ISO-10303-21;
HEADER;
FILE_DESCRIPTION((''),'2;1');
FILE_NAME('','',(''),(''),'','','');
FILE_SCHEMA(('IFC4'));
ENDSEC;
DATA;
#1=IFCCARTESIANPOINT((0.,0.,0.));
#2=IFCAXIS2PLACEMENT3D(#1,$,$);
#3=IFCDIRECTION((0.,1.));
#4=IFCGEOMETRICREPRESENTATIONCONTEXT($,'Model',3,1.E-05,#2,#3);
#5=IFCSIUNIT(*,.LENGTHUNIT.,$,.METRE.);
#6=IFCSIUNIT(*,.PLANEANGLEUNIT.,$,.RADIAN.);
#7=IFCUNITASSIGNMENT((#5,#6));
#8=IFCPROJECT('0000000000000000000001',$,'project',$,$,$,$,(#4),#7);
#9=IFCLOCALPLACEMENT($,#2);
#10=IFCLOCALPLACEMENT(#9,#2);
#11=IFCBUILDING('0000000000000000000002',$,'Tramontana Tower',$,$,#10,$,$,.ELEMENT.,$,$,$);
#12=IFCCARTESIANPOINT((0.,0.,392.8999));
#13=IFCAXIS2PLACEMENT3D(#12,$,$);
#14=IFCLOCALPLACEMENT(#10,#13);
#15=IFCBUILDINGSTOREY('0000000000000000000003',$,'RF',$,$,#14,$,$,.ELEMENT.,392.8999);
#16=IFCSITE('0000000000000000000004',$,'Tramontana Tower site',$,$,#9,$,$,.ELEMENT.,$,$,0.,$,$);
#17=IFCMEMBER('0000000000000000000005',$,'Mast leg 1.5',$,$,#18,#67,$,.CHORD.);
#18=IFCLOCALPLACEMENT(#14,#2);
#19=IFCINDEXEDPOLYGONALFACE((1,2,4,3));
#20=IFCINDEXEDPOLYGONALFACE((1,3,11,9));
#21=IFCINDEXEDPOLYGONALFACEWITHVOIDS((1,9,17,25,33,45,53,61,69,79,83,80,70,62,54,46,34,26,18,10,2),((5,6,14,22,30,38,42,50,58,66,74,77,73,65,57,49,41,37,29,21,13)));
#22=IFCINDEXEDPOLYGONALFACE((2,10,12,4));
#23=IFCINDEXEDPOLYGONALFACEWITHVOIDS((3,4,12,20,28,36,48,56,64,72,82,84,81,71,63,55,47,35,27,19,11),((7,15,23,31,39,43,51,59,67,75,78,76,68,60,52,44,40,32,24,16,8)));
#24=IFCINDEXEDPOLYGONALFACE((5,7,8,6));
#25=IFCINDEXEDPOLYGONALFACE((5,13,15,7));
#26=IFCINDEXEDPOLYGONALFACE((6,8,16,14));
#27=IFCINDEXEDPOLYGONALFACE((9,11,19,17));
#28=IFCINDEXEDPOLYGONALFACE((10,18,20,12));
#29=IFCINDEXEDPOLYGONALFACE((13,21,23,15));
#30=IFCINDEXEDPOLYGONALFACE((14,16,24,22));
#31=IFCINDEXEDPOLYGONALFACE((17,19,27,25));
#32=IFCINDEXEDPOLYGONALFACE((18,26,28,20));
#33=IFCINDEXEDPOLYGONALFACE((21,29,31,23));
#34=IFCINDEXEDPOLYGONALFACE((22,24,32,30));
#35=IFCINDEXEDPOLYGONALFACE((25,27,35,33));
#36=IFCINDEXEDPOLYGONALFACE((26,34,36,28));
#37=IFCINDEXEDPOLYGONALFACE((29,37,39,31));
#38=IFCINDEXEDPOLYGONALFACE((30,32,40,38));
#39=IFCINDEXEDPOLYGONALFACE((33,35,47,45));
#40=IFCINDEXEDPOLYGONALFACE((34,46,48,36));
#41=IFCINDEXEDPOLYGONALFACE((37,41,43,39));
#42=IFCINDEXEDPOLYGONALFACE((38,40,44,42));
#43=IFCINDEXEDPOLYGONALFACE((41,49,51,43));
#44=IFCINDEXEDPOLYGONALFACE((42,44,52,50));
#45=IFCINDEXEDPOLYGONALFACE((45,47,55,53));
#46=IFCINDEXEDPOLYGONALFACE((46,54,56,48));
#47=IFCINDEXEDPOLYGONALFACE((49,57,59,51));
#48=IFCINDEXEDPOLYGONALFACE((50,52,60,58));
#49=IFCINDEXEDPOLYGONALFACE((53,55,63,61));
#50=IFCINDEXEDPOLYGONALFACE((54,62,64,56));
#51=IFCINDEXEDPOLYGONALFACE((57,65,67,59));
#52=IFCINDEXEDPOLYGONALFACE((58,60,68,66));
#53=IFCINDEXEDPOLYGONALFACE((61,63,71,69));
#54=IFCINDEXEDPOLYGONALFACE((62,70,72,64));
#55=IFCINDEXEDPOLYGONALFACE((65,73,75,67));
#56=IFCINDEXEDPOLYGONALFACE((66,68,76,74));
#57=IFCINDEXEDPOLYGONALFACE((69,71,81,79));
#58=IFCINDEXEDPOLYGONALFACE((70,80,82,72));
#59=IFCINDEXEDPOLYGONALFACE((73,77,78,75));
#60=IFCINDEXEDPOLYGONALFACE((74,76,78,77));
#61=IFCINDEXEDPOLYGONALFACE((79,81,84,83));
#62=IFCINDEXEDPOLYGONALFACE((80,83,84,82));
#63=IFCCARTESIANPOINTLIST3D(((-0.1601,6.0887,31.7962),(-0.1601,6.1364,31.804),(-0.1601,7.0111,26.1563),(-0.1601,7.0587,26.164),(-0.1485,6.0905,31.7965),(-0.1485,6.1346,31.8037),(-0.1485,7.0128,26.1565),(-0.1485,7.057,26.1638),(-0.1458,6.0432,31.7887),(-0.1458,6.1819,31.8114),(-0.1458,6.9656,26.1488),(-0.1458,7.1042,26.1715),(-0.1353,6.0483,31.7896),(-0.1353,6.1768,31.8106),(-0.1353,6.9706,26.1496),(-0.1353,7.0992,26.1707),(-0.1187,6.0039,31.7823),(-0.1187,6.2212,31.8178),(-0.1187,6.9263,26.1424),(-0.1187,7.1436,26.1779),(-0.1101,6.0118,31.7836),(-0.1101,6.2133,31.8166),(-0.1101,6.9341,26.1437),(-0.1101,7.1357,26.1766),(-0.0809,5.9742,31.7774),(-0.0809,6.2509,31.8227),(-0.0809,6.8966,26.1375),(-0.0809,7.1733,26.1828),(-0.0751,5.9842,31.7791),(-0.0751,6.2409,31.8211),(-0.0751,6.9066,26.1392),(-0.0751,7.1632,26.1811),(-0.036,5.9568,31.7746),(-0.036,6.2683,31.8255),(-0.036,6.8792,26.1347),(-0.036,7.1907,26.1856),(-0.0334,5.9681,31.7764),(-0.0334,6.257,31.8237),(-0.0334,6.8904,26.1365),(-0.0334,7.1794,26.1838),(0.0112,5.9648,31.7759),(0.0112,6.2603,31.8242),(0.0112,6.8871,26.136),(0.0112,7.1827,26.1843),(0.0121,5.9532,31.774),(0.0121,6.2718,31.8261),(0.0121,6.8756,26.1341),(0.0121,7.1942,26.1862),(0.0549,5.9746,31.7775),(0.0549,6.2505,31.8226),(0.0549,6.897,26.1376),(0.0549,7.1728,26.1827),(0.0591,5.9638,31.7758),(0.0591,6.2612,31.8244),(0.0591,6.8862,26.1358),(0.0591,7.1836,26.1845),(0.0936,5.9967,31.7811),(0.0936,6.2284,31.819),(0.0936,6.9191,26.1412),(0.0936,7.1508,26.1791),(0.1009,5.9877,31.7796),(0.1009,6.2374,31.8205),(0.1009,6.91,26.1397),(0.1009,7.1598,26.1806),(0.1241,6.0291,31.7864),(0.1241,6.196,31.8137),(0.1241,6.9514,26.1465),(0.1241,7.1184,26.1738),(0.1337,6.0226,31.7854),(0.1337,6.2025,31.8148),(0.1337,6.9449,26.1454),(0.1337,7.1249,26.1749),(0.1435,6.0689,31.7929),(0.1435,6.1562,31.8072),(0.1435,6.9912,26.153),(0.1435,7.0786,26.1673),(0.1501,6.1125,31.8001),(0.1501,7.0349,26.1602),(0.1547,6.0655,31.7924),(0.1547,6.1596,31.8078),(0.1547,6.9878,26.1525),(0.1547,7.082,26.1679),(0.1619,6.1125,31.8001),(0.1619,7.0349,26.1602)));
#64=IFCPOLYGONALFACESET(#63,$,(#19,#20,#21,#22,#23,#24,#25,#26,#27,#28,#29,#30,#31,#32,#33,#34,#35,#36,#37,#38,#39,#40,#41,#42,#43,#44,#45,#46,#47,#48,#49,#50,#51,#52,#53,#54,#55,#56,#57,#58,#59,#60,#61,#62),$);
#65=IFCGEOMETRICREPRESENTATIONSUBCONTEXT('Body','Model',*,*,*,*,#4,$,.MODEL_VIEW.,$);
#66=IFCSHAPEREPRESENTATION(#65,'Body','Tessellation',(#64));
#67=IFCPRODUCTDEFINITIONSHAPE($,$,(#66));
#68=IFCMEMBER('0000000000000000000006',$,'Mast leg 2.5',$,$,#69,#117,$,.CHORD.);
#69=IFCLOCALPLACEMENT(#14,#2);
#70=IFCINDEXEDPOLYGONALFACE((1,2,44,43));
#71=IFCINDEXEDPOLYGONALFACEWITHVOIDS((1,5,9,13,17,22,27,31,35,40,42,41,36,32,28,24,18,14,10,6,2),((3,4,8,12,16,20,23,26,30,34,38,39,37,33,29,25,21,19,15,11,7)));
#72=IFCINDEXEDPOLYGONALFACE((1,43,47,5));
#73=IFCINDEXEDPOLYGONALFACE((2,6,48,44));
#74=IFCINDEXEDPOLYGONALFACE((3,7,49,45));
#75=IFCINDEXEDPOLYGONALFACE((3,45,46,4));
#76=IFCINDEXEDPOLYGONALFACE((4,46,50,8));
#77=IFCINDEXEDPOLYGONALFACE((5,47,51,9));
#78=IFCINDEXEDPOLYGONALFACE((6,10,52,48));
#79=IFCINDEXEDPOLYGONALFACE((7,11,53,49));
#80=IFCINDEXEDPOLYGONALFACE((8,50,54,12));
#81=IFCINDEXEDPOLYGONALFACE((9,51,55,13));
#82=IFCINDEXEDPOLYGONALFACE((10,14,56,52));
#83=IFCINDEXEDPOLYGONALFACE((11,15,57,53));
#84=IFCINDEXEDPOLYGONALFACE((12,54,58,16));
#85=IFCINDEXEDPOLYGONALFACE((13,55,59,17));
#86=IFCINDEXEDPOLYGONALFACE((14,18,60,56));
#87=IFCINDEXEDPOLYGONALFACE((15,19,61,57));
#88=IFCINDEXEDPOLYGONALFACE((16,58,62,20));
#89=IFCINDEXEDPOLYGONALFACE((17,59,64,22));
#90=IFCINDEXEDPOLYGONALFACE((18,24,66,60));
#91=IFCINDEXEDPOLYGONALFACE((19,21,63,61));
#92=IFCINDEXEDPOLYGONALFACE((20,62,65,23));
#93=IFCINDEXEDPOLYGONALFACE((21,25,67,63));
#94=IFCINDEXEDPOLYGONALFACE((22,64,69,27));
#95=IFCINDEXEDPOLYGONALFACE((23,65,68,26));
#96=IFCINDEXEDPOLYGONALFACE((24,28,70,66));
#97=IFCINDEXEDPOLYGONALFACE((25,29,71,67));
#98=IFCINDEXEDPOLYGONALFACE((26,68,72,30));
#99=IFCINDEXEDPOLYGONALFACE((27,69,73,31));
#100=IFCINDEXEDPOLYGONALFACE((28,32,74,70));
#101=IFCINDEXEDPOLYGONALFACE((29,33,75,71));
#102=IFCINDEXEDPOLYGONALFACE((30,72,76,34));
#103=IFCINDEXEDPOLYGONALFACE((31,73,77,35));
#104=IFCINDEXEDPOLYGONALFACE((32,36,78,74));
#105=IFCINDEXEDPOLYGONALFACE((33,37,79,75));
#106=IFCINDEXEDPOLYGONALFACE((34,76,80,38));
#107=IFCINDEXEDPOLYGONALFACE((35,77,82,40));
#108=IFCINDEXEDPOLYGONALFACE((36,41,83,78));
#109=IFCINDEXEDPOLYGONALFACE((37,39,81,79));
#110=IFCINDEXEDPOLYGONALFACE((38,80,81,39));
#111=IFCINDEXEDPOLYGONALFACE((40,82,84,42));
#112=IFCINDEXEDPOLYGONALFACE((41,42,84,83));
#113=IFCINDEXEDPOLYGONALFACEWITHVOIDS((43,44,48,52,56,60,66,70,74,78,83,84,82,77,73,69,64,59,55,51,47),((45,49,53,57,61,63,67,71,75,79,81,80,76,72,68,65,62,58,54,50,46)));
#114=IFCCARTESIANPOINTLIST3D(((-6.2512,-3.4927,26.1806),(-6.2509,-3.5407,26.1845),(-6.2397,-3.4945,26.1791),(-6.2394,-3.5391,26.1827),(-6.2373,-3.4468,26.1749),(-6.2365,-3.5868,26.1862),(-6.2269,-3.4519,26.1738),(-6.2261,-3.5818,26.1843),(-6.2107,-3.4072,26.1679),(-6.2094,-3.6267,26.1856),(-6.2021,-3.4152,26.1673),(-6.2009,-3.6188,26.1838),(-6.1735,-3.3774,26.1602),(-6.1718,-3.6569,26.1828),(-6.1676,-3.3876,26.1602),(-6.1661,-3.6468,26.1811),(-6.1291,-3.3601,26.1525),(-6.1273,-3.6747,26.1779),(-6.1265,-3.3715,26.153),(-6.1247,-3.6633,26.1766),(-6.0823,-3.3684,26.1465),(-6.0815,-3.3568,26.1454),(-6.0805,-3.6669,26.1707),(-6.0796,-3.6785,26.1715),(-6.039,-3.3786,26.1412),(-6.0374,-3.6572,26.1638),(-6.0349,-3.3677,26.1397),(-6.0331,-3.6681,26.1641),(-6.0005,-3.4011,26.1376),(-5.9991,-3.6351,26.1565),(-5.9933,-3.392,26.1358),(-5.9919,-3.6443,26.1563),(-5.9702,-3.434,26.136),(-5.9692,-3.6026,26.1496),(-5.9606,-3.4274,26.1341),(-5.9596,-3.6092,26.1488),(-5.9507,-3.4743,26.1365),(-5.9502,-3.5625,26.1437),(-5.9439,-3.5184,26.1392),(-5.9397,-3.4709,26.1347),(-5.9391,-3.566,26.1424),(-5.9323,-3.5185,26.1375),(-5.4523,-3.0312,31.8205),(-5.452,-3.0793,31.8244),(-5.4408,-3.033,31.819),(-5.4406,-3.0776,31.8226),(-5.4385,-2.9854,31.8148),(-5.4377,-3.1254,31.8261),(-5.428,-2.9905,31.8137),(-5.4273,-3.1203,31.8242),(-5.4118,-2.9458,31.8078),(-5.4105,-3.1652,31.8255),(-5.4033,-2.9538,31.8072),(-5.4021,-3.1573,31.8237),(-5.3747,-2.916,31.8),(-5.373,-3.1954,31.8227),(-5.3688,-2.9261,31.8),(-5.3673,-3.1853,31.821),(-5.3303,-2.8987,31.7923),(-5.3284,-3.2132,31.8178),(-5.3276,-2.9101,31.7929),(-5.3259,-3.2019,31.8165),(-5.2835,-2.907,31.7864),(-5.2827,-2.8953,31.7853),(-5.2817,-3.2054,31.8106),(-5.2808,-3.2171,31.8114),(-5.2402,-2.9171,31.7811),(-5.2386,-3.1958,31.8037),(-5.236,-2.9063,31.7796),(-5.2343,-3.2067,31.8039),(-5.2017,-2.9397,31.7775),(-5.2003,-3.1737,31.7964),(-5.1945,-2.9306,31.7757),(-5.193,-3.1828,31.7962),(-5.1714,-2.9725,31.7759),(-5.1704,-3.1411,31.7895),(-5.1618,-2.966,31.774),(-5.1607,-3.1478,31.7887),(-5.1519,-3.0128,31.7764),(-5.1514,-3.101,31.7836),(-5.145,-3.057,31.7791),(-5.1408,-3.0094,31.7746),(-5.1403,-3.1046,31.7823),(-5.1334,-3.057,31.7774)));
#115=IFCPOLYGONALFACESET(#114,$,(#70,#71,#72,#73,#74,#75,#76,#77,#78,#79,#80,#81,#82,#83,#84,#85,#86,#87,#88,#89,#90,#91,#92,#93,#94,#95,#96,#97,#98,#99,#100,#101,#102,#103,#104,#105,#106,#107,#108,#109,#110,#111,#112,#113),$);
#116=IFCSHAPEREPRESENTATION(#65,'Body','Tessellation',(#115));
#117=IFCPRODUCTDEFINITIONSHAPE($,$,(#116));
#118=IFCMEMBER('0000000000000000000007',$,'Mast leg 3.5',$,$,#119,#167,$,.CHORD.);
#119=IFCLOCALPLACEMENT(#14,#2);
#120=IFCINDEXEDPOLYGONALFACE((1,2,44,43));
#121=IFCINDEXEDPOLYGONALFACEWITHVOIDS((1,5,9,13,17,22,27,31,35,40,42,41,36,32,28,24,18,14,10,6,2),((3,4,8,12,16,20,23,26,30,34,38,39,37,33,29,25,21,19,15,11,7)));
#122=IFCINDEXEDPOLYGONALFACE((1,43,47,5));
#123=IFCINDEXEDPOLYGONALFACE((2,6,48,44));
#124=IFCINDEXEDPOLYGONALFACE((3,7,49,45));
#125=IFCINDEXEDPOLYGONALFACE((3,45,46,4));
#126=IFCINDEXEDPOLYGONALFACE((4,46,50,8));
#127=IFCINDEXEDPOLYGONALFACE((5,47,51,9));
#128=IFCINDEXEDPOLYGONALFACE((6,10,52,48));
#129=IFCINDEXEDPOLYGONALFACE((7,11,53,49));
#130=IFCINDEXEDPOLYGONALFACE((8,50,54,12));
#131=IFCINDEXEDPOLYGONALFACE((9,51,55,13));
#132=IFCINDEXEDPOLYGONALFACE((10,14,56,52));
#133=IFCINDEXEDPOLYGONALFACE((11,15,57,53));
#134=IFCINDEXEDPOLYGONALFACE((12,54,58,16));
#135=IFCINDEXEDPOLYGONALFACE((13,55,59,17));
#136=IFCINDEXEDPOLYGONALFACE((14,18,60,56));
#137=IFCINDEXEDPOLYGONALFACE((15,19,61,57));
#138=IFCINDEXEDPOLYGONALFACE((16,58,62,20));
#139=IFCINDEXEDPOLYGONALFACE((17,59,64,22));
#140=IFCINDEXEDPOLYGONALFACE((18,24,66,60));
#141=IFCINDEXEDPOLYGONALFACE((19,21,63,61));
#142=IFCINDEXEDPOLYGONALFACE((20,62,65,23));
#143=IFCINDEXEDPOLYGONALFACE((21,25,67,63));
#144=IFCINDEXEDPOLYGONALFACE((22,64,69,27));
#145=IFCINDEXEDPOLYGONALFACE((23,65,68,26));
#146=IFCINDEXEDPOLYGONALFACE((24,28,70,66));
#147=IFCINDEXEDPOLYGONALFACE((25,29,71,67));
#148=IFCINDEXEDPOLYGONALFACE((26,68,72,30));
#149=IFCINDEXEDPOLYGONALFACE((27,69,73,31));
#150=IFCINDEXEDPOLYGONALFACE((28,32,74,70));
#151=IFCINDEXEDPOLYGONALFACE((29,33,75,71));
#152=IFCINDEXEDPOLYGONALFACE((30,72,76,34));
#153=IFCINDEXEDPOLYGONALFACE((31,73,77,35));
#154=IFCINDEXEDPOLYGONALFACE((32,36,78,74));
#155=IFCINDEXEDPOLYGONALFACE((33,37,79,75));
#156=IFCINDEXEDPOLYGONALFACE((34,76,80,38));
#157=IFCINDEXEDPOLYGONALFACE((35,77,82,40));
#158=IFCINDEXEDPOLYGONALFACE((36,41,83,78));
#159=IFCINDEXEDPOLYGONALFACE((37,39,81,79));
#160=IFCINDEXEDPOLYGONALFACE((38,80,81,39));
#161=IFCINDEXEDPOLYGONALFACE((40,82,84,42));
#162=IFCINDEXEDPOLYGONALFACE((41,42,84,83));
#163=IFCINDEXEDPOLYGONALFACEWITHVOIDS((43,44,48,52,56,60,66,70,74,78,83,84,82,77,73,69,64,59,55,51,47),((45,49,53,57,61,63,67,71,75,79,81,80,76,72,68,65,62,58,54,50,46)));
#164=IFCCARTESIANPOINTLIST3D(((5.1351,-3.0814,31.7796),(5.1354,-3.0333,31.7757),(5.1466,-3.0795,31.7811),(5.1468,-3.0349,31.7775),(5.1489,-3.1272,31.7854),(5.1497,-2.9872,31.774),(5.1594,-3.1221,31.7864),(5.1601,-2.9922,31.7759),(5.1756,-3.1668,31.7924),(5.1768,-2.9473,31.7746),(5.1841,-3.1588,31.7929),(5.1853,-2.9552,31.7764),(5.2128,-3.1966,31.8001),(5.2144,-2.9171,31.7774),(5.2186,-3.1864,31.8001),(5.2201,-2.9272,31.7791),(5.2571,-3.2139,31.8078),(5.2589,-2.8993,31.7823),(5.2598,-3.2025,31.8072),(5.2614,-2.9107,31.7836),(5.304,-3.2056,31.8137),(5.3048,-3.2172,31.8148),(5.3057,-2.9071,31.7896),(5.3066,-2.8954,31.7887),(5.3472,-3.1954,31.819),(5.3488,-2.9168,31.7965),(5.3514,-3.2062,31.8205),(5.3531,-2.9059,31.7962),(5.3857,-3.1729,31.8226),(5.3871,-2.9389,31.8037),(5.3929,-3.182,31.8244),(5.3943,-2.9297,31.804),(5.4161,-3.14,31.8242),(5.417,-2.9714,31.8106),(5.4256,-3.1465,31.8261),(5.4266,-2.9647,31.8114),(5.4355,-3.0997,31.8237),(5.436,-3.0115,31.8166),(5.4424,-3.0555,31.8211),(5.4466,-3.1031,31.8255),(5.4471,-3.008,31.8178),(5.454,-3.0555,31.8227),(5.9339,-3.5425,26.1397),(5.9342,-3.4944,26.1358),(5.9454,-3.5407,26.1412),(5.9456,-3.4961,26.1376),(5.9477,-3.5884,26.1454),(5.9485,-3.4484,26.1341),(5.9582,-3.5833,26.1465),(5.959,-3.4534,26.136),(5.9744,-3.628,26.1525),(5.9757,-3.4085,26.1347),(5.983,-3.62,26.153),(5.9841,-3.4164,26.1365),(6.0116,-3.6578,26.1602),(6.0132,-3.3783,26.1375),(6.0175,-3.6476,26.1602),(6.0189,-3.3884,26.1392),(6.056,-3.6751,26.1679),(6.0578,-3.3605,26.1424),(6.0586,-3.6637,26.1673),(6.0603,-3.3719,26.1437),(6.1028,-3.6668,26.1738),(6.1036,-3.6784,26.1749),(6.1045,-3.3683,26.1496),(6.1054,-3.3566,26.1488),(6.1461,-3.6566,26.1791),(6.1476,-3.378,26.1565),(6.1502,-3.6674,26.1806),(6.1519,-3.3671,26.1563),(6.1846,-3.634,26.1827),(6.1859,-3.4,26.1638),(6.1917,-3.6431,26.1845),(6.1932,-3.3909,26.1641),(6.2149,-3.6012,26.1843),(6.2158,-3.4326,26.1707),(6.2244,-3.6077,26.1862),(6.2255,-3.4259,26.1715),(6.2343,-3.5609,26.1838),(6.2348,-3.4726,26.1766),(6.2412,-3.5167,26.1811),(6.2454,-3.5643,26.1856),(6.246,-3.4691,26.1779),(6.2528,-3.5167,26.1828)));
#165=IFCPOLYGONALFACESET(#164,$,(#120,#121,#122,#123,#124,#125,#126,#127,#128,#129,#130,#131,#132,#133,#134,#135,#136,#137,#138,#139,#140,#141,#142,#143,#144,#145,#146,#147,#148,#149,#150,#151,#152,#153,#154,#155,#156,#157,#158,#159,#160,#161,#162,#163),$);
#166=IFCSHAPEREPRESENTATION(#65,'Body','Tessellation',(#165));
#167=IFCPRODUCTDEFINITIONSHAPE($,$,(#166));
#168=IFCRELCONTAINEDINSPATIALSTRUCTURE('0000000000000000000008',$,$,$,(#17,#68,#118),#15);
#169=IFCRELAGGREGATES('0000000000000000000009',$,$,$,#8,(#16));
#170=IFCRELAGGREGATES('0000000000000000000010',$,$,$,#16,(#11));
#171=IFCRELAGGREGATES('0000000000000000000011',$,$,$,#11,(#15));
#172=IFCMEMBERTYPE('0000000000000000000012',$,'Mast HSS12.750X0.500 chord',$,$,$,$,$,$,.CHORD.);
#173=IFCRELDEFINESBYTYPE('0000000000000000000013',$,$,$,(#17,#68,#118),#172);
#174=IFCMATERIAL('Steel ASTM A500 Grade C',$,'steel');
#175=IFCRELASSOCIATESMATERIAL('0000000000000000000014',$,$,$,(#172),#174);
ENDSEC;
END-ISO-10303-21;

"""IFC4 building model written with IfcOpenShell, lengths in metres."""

from ifc_helpers import new_model, si_unit, direction, frame, origin, origin_2d, place, context, subcontext, project, spatial, hollow_circle, extrude, material, material_profile, profile_set, type_object, element, save


model = new_model("IFC4")

# Units and contexts
model_context = context("Model", 3, precision=1e-05, world=origin(), true_north=direction((0.0, 1.0)))
body_context = subcontext(model_context, "Body", "Model", "MODEL_VIEW")
ifc_project = project(units=[si_unit("LENGTHUNIT", "METRE"), si_unit("PLANEANGLEUNIT", "RADIAN")], contexts=[model_context])

# Site, building, storey
site_placement = place(None, origin())
site = spatial("IfcSite", under=ifc_project, at=site_placement, Name="Tramontana Tower site", CompositionType="ELEMENT", RefElevation=0.0)
building_placement = place(site_placement, origin())
building = spatial("IfcBuilding", under=site, at=building_placement, Name="Tramontana Tower", CompositionType="ELEMENT")
storey_placement = place(building_placement, frame((0.0, 0.0, 392.8999)))
storey = spatial("IfcBuildingStorey", under=building, at=storey_placement, Name="RF", CompositionType="ELEMENT", Elevation=392.8999)

# Members
ifc_material_1 = material(Name="Steel ASTM A500 Grade C", Category="steel")
ifc_material_profile_1 = material_profile(ifc_material_1, hollow_circle(Radius=0.1619, WallThickness=0.0117, at=origin_2d()), Name="HSS12.750X0.500")
ifc_profile_set_1 = profile_set([ifc_material_profile_1], Name="Steel ASTM A500 Grade C")
member_type_1 = type_object("IfcMemberType", Name="Mast HSS12.750X0.500 chord", PredefinedType="CHORD", material=ifc_profile_set_1)
for number, where, z_axis, x_axis, name in (
    (1, (0.0, 7.0349, 26.1602), (0.0, -0.161399, 0.986889), (1.0, 0.0, 0.0), "Mast leg 1.5"),
    (2, (-6.0925, -3.5176, 26.1602), (0.139781, 0.080742, 0.986885), (-0.500181, 0.865921, 0.0), "Mast leg 2.5"),
    (3, (6.0925, -3.5176, 26.1602), (-0.139782, 0.080699, 0.986888), (-0.499982, -0.866036, 0.0), "Mast leg 3.5"),
):
    element("IfcMember", number, at=place(storey_placement, frame(where, z_axis=z_axis, x_axis=x_axis)), inside=storey, type_object=member_type_1, Name=name, PredefinedType="CHORD", context=body_context, shape_type="SweptSolid", body=[
        extrude(hollow_circle(Radius=0.1619, WallThickness=0.0117, at=origin_2d()), origin(), (0.0, 0.0, 1.0), 5.7148),
    ])

save(model, "model.ifc")
